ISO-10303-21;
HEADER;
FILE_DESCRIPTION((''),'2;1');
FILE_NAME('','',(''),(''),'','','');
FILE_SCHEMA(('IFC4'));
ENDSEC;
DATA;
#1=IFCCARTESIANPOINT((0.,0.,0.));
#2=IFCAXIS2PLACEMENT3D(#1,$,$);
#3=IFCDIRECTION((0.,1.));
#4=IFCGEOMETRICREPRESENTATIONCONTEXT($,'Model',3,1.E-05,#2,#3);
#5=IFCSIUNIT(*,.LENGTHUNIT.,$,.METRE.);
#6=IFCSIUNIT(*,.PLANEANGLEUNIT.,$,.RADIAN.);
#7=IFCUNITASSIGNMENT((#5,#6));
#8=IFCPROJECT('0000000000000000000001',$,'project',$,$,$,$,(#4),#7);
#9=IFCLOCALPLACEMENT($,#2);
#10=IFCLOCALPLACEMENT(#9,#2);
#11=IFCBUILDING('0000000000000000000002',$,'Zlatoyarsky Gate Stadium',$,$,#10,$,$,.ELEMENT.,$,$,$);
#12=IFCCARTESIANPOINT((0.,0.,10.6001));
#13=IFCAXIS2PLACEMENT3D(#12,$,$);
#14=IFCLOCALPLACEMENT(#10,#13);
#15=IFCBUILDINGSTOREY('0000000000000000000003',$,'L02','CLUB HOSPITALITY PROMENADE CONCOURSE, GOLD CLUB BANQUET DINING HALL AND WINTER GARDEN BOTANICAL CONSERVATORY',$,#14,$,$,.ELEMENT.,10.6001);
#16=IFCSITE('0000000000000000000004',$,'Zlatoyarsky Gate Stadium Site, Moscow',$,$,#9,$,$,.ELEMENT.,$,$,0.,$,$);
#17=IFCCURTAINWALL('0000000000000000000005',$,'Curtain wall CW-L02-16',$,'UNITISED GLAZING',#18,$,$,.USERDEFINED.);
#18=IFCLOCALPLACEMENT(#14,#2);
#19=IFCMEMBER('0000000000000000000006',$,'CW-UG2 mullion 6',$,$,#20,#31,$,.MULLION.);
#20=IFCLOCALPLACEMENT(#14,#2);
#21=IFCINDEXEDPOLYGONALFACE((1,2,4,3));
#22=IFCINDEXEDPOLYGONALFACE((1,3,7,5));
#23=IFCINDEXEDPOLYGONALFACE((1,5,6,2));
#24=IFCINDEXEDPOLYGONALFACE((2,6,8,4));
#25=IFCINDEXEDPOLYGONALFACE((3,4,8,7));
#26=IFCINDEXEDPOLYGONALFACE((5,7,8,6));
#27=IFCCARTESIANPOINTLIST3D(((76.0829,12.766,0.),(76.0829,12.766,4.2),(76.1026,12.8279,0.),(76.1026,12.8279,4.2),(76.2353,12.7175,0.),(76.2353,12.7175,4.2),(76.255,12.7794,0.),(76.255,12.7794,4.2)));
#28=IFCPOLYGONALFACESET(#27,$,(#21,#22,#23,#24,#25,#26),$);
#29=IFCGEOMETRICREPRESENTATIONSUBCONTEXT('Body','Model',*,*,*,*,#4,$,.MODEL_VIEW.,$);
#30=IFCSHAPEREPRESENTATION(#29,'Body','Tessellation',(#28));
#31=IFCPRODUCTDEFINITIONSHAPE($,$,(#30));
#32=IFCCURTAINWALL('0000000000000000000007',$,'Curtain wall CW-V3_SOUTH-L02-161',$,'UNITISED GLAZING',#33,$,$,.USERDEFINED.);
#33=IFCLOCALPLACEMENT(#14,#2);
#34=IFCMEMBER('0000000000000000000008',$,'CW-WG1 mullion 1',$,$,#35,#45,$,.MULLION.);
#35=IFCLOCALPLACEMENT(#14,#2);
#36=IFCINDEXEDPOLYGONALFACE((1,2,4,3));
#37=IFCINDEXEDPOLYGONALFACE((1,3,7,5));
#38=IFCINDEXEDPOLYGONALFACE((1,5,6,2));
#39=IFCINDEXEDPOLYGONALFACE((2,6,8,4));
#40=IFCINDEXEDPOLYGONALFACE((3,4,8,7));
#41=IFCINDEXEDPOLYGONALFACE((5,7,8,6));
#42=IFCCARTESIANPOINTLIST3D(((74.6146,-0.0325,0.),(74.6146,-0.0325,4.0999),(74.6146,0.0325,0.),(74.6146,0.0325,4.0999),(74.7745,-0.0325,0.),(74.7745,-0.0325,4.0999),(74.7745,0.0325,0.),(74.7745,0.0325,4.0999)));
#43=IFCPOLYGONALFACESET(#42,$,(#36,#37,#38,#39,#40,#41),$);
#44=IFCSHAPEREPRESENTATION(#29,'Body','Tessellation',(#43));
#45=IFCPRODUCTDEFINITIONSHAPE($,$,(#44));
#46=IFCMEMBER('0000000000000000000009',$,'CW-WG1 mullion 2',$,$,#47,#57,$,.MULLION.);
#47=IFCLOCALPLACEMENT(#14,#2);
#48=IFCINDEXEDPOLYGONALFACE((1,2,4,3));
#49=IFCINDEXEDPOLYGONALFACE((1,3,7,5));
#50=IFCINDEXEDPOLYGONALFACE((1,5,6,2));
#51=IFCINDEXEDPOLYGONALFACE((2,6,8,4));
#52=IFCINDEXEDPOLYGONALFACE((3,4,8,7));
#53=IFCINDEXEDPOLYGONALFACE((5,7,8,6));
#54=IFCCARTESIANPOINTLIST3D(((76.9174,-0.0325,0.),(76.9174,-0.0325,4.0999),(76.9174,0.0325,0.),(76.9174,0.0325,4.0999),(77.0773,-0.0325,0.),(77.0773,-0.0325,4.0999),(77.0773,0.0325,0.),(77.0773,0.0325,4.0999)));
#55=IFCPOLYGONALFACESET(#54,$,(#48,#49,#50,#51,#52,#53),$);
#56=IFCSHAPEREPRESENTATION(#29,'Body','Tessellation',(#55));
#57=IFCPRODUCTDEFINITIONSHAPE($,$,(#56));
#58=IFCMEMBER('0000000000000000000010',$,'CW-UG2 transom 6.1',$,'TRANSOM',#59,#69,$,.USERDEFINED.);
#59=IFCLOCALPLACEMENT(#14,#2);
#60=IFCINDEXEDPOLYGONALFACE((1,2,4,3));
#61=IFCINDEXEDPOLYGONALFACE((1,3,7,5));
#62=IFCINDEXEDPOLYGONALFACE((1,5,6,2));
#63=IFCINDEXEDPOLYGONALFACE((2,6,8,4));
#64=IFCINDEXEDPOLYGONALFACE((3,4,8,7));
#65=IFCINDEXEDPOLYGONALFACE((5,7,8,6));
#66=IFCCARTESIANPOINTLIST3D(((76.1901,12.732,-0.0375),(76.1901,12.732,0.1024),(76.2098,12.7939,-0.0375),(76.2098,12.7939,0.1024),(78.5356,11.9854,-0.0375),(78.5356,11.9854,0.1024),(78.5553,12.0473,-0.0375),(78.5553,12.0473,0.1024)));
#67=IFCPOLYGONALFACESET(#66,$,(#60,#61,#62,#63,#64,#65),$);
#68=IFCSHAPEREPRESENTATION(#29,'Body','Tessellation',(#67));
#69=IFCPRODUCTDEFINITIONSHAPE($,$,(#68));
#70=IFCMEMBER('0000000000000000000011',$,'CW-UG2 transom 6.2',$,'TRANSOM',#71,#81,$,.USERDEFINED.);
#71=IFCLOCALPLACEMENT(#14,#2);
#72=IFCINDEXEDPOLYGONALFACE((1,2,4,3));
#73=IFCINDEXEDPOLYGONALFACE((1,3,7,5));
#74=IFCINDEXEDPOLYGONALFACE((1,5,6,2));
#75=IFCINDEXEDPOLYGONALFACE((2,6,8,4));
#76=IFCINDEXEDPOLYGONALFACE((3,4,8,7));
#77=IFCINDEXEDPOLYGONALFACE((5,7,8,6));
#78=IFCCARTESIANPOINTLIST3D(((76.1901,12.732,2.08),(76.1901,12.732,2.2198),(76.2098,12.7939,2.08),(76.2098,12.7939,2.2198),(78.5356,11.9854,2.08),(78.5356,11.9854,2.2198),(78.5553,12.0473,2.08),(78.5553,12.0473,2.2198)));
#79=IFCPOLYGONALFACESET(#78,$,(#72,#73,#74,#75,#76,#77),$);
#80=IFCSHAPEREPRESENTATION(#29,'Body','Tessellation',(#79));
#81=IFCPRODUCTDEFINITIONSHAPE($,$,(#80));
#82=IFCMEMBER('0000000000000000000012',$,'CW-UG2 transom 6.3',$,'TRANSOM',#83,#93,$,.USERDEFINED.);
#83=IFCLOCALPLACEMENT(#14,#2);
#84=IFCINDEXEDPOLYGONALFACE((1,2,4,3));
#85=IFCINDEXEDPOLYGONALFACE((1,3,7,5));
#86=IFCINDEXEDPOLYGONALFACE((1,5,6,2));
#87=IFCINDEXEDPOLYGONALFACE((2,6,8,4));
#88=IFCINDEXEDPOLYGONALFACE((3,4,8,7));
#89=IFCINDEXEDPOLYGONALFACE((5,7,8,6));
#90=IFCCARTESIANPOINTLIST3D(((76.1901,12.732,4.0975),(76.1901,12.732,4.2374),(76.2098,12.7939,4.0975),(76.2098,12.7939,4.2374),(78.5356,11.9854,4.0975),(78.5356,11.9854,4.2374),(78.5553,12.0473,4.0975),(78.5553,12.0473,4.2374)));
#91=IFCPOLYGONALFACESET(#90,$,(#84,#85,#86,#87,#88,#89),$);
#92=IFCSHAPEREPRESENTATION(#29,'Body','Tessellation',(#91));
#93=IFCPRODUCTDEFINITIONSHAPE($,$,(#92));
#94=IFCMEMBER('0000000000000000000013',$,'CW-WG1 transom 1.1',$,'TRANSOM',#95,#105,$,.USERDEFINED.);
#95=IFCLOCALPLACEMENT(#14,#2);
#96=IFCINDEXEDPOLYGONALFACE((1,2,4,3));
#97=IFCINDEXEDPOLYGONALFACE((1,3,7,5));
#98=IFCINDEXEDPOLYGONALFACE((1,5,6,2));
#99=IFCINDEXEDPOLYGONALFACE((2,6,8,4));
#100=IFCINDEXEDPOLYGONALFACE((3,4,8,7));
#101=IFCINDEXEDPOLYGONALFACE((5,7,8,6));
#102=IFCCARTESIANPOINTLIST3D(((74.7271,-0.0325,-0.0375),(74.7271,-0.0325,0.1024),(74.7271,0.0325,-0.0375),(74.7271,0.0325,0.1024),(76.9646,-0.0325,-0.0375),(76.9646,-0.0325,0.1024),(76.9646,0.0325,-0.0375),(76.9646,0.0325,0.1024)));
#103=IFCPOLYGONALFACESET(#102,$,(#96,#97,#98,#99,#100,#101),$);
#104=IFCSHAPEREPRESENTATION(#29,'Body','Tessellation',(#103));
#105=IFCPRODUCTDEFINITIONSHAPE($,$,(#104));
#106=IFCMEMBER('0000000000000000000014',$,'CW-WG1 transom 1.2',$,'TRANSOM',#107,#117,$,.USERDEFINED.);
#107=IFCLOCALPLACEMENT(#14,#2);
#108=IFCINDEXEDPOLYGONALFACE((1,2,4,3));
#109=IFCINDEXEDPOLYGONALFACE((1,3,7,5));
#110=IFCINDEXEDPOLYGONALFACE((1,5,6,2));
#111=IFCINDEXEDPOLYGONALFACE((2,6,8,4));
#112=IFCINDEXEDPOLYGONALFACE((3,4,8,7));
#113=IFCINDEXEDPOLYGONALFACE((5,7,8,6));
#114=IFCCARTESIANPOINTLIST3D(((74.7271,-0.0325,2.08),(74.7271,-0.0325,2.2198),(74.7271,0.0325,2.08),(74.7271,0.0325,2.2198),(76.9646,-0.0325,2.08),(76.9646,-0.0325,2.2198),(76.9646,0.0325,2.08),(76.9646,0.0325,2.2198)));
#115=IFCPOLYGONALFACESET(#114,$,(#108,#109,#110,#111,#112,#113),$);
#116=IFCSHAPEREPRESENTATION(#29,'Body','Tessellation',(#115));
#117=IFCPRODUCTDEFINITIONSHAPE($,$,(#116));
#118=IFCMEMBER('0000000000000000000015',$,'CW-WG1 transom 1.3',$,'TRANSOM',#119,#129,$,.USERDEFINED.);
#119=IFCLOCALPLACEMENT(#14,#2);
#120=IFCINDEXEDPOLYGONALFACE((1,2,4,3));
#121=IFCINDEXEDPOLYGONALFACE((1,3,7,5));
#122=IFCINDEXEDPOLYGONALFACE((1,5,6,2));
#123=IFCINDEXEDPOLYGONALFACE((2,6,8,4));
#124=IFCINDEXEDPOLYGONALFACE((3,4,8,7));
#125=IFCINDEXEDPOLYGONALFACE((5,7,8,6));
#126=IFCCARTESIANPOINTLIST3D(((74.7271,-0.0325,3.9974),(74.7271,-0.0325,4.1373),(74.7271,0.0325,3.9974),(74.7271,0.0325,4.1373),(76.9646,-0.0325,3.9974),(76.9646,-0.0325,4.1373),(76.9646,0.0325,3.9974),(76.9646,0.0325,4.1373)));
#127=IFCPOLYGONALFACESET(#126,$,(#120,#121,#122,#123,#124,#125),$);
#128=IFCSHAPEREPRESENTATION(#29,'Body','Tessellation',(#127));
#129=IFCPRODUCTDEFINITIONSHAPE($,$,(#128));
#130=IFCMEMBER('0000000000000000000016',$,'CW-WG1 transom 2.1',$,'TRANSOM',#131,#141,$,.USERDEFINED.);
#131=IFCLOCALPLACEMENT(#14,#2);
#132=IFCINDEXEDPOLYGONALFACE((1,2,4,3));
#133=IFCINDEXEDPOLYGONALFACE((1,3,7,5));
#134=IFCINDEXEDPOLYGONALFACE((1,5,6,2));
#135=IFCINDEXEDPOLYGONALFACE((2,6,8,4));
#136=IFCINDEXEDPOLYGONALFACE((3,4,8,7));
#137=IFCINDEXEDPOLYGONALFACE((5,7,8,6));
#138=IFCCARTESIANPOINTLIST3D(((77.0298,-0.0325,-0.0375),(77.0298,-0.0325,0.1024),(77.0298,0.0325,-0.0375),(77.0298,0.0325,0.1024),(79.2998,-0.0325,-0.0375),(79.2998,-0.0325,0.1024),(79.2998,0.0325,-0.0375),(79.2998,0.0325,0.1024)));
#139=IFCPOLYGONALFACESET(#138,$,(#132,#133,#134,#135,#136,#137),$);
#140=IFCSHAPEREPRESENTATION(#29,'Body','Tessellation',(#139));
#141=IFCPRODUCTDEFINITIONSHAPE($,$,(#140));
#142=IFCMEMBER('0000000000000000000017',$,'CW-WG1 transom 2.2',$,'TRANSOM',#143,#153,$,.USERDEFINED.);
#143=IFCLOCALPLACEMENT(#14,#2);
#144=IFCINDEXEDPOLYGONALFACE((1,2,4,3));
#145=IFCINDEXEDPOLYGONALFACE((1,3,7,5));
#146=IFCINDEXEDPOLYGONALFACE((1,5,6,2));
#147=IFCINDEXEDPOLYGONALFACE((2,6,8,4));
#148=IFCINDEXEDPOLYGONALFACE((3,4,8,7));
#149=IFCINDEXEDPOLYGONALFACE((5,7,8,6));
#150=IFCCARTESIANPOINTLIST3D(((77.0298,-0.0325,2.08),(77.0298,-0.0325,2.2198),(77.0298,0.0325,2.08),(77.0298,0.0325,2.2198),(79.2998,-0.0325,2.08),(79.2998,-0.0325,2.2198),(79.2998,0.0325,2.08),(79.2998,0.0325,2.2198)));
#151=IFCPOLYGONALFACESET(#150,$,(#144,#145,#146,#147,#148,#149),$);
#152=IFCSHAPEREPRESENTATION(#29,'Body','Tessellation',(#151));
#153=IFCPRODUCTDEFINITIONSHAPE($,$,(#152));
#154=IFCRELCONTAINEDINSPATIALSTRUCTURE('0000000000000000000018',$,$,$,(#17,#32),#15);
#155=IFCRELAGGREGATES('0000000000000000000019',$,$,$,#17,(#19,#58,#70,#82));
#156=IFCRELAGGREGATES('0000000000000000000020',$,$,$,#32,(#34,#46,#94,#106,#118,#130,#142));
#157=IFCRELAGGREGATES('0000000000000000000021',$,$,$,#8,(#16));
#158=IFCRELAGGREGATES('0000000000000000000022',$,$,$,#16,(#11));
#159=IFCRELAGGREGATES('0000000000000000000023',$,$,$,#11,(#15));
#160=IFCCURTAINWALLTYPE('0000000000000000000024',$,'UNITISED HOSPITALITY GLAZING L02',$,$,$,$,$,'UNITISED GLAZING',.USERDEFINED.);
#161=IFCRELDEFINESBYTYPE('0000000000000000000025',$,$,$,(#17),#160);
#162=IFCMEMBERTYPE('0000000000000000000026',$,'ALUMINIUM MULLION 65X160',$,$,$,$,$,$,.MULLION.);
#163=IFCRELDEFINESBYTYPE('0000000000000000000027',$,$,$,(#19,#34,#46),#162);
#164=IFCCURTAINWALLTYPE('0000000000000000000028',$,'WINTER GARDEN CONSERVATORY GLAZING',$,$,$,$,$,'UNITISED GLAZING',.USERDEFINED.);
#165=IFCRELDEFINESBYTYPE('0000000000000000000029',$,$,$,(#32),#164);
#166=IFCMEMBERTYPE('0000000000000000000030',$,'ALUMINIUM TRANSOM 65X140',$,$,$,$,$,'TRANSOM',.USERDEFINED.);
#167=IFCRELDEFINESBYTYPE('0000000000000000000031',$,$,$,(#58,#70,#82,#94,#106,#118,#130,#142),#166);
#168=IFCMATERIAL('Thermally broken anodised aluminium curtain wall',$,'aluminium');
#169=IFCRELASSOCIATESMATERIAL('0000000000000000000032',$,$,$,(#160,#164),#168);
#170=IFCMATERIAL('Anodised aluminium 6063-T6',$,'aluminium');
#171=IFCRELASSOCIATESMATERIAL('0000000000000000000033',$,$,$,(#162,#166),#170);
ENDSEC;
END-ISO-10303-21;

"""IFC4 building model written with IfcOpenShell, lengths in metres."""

from ifc_helpers import new_model, si_unit, direction, frame, origin, origin_2d, place, context, subcontext, project, spatial, rectangle, extrude, material, material_profile, profile_set, type_object, element, aggregate, save


model = new_model("IFC4")

# Units and contexts
model_context = context("Model", 3, precision=1e-05, world=origin(), true_north=direction((0.0, 1.0)))
body_context = subcontext(model_context, "Body", "Model", "MODEL_VIEW")
ifc_project = project(units=[si_unit("LENGTHUNIT", "METRE"), si_unit("PLANEANGLEUNIT", "RADIAN")], contexts=[model_context])

# Site, building, storey
site_placement = place(None, origin())
site = spatial("IfcSite", under=ifc_project, at=site_placement, Name="Zlatoyarsky Gate Stadium Site, Moscow", CompositionType="ELEMENT", RefElevation=0.0)
building_placement = place(site_placement, origin())
building = spatial("IfcBuilding", under=site, at=building_placement, Name="Zlatoyarsky Gate Stadium", CompositionType="ELEMENT")
storey_placement = place(building_placement, frame((0.0, 0.0, 10.6001)))
storey = spatial("IfcBuildingStorey", under=building, at=storey_placement, Name="L02", Description="CLUB HOSPITALITY PROMENADE CONCOURSE, GOLD CLUB BANQUET DINING HALL AND WINTER GARDEN BOTANICAL CONSERVATORY", CompositionType="ELEMENT", Elevation=10.6001)

# Curtain wall, member
ifc_material_1 = material(Name="Thermally broken anodised aluminium curtain wall", Category="aluminium")
curtain_wall_type_1 = type_object("IfcCurtainWallType", Name="UNITISED HOSPITALITY GLAZING L02", ElementType="UNITISED GLAZING", PredefinedType="USERDEFINED", material=ifc_material_1)
curtain_wall_1_placement = place(storey_placement, origin())
curtain_wall_1 = element("IfcCurtainWall", 1, at=curtain_wall_1_placement, inside=storey, type_object=curtain_wall_type_1, Name="Curtain wall CW-L02-16", ObjectType="UNITISED GLAZING", PredefinedType="USERDEFINED")
ifc_material_2 = material(Name="Anodised aluminium 6063-T6", Category="aluminium")
ifc_material_profile_1 = material_profile(ifc_material_2, rectangle(XDim=0.0649, YDim=0.1599, at=origin_2d()), Name="ALU 65X160")
ifc_profile_set_1 = profile_set([ifc_material_profile_1], Name="Anodised aluminium 6063-T6")
member_type_1 = type_object("IfcMemberType", Name="ALUMINIUM MULLION 65X160", PredefinedType="MULLION", material=ifc_profile_set_1)
member_1_placement = place(storey_placement, frame((76.1689, 12.7727, 0.0), z_axis=(0.0, 0.0, 1.0), x_axis=(0.303278, 0.952902, 0.0)))
member_1 = element("IfcMember", 2, at=member_1_placement, type_object=member_type_1, Name="CW-UG2 mullion 6", PredefinedType="MULLION", context=body_context, shape_type="SweptSolid", body=[
    extrude(rectangle(XDim=0.0649, YDim=0.1599, at=origin_2d()), origin(), (0.0, 0.0, 1.0), 4.2),
])

# Curtain wall, members
curtain_wall_type_2 = type_object("IfcCurtainWallType", Name="WINTER GARDEN CONSERVATORY GLAZING", ElementType="UNITISED GLAZING", PredefinedType="USERDEFINED", material=ifc_material_1)
curtain_wall_2_placement = place(storey_placement, origin())
curtain_wall_2 = element("IfcCurtainWall", 3, at=curtain_wall_2_placement, inside=storey, type_object=curtain_wall_type_2, Name="Curtain wall CW-V3_SOUTH-L02-161", ObjectType="UNITISED GLAZING", PredefinedType="USERDEFINED")
member_2_placement = place(storey_placement, frame((74.6946, 0.0, 0.0), z_axis=(0.0, 0.0, 1.0), x_axis=(0.0, 1.0, 0.0)))
member_2 = element("IfcMember", 4, at=member_2_placement, type_object=member_type_1, Name="CW-WG1 mullion 1", PredefinedType="MULLION", context=body_context, shape_type="SweptSolid", body=[
    extrude(rectangle(XDim=0.0649, YDim=0.1599, at=origin_2d()), origin(), (0.0, 0.0, 1.0), 4.0999),
])
member_3_placement = place(storey_placement, frame((76.9973, 0.0, 0.0), z_axis=(0.0, 0.0, 1.0), x_axis=(0.0, 1.0, 0.0)))
member_3 = element("IfcMember", 5, at=member_3_placement, type_object=member_type_1, Name="CW-WG1 mullion 2", PredefinedType="MULLION", context=body_context, shape_type="SweptSolid", body=[
    extrude(rectangle(XDim=0.0649, YDim=0.1599, at=origin_2d()), origin(), (0.0, 0.0, 1.0), 4.0999),
])

# Members
ifc_material_profile_2 = material_profile(ifc_material_2, rectangle(XDim=0.0649, YDim=0.1399, at=origin_2d()), Name="ALU 65X140")
ifc_profile_set_2 = profile_set([ifc_material_profile_2], Name="Anodised aluminium 6063-T6")
member_type_2 = type_object("IfcMemberType", Name="ALUMINIUM TRANSOM 65X140", ElementType="TRANSOM", PredefinedType="USERDEFINED", material=ifc_profile_set_2)
member_4_placement = place(storey_placement, frame((76.2, 12.7629, 0.0325), z_axis=(0.952891, -0.303314, 0.0), x_axis=(0.303314, 0.952891, 0.0)))
member_4 = element("IfcMember", 6, at=member_4_placement, type_object=member_type_2, Name="CW-UG2 transom 6.1", ObjectType="TRANSOM", PredefinedType="USERDEFINED", context=body_context, shape_type="SweptSolid", body=[
    extrude(rectangle(XDim=0.0649, YDim=0.1399, at=origin_2d()), origin(), (0.0, 0.0, 1.0), 2.4614),
])
member_5_placement = place(storey_placement, frame((76.2, 12.7629, 2.1499), z_axis=(0.952891, -0.303314, 0.0), x_axis=(0.303314, 0.952891, 0.0)))
member_5 = element("IfcMember", 7, at=member_5_placement, type_object=member_type_2, Name="CW-UG2 transom 6.2", ObjectType="TRANSOM", PredefinedType="USERDEFINED", context=body_context, shape_type="SweptSolid", body=[
    extrude(rectangle(XDim=0.0649, YDim=0.1399, at=origin_2d()), origin(), (0.0, 0.0, 1.0), 2.4614),
])
member_6_placement = place(storey_placement, frame((76.2, 12.7629, 4.1675), z_axis=(0.952891, -0.303314, 0.0), x_axis=(0.303314, 0.952891, 0.0)))
member_6 = element("IfcMember", 8, at=member_6_placement, type_object=member_type_2, Name="CW-UG2 transom 6.3", ObjectType="TRANSOM", PredefinedType="USERDEFINED", context=body_context, shape_type="SweptSolid", body=[
    extrude(rectangle(XDim=0.0649, YDim=0.1399, at=origin_2d()), origin(), (0.0, 0.0, 1.0), 2.4614),
])
aggregate(curtain_wall_1, [member_1, member_4, member_5, member_6])
member_7_placement = place(storey_placement, frame((74.7271, 0.0, 0.0325), z_axis=(1.0, 0.0, 0.0), x_axis=(0.0, 1.0, 0.0)))
member_7 = element("IfcMember", 9, at=member_7_placement, type_object=member_type_2, Name="CW-WG1 transom 1.1", ObjectType="TRANSOM", PredefinedType="USERDEFINED", context=body_context, shape_type="SweptSolid", body=[
    extrude(rectangle(XDim=0.0649, YDim=0.1399, at=origin_2d()), origin(), (0.0, 0.0, 1.0), 2.2375),
])
member_8_placement = place(storey_placement, frame((74.7271, 0.0, 2.1499), z_axis=(1.0, 0.0, 0.0), x_axis=(0.0, 1.0, 0.0)))
member_8 = element("IfcMember", 10, at=member_8_placement, type_object=member_type_2, Name="CW-WG1 transom 1.2", ObjectType="TRANSOM", PredefinedType="USERDEFINED", context=body_context, shape_type="SweptSolid", body=[
    extrude(rectangle(XDim=0.0649, YDim=0.1399, at=origin_2d()), origin(), (0.0, 0.0, 1.0), 2.2375),
])
member_9_placement = place(storey_placement, frame((74.7271, 0.0, 4.0674), z_axis=(1.0, 0.0, 0.0), x_axis=(0.0, 1.0, 0.0)))
member_9 = element("IfcMember", 11, at=member_9_placement, type_object=member_type_2, Name="CW-WG1 transom 1.3", ObjectType="TRANSOM", PredefinedType="USERDEFINED", context=body_context, shape_type="SweptSolid", body=[
    extrude(rectangle(XDim=0.0649, YDim=0.1399, at=origin_2d()), origin(), (0.0, 0.0, 1.0), 2.2375),
])
member_10_placement = place(storey_placement, frame((77.0298, 0.0, 0.0325), z_axis=(1.0, 0.0, 0.0), x_axis=(0.0, 1.0, 0.0)))
member_10 = element("IfcMember", 12, at=member_10_placement, type_object=member_type_2, Name="CW-WG1 transom 2.1", ObjectType="TRANSOM", PredefinedType="USERDEFINED", context=body_context, shape_type="SweptSolid", body=[
    extrude(rectangle(XDim=0.0649, YDim=0.1399, at=origin_2d()), origin(), (0.0, 0.0, 1.0), 2.27),
])
member_11_placement = place(storey_placement, frame((77.0298, 0.0, 2.1499), z_axis=(1.0, 0.0, 0.0), x_axis=(0.0, 1.0, 0.0)))
member_11 = element("IfcMember", 13, at=member_11_placement, type_object=member_type_2, Name="CW-WG1 transom 2.2", ObjectType="TRANSOM", PredefinedType="USERDEFINED", context=body_context, shape_type="SweptSolid", body=[
    extrude(rectangle(XDim=0.0649, YDim=0.1399, at=origin_2d()), origin(), (0.0, 0.0, 1.0), 2.27),
])

aggregate(curtain_wall_2, [member_2, member_3, member_7, member_8, member_9, member_10, member_11])

save(model, "model.ifc")
